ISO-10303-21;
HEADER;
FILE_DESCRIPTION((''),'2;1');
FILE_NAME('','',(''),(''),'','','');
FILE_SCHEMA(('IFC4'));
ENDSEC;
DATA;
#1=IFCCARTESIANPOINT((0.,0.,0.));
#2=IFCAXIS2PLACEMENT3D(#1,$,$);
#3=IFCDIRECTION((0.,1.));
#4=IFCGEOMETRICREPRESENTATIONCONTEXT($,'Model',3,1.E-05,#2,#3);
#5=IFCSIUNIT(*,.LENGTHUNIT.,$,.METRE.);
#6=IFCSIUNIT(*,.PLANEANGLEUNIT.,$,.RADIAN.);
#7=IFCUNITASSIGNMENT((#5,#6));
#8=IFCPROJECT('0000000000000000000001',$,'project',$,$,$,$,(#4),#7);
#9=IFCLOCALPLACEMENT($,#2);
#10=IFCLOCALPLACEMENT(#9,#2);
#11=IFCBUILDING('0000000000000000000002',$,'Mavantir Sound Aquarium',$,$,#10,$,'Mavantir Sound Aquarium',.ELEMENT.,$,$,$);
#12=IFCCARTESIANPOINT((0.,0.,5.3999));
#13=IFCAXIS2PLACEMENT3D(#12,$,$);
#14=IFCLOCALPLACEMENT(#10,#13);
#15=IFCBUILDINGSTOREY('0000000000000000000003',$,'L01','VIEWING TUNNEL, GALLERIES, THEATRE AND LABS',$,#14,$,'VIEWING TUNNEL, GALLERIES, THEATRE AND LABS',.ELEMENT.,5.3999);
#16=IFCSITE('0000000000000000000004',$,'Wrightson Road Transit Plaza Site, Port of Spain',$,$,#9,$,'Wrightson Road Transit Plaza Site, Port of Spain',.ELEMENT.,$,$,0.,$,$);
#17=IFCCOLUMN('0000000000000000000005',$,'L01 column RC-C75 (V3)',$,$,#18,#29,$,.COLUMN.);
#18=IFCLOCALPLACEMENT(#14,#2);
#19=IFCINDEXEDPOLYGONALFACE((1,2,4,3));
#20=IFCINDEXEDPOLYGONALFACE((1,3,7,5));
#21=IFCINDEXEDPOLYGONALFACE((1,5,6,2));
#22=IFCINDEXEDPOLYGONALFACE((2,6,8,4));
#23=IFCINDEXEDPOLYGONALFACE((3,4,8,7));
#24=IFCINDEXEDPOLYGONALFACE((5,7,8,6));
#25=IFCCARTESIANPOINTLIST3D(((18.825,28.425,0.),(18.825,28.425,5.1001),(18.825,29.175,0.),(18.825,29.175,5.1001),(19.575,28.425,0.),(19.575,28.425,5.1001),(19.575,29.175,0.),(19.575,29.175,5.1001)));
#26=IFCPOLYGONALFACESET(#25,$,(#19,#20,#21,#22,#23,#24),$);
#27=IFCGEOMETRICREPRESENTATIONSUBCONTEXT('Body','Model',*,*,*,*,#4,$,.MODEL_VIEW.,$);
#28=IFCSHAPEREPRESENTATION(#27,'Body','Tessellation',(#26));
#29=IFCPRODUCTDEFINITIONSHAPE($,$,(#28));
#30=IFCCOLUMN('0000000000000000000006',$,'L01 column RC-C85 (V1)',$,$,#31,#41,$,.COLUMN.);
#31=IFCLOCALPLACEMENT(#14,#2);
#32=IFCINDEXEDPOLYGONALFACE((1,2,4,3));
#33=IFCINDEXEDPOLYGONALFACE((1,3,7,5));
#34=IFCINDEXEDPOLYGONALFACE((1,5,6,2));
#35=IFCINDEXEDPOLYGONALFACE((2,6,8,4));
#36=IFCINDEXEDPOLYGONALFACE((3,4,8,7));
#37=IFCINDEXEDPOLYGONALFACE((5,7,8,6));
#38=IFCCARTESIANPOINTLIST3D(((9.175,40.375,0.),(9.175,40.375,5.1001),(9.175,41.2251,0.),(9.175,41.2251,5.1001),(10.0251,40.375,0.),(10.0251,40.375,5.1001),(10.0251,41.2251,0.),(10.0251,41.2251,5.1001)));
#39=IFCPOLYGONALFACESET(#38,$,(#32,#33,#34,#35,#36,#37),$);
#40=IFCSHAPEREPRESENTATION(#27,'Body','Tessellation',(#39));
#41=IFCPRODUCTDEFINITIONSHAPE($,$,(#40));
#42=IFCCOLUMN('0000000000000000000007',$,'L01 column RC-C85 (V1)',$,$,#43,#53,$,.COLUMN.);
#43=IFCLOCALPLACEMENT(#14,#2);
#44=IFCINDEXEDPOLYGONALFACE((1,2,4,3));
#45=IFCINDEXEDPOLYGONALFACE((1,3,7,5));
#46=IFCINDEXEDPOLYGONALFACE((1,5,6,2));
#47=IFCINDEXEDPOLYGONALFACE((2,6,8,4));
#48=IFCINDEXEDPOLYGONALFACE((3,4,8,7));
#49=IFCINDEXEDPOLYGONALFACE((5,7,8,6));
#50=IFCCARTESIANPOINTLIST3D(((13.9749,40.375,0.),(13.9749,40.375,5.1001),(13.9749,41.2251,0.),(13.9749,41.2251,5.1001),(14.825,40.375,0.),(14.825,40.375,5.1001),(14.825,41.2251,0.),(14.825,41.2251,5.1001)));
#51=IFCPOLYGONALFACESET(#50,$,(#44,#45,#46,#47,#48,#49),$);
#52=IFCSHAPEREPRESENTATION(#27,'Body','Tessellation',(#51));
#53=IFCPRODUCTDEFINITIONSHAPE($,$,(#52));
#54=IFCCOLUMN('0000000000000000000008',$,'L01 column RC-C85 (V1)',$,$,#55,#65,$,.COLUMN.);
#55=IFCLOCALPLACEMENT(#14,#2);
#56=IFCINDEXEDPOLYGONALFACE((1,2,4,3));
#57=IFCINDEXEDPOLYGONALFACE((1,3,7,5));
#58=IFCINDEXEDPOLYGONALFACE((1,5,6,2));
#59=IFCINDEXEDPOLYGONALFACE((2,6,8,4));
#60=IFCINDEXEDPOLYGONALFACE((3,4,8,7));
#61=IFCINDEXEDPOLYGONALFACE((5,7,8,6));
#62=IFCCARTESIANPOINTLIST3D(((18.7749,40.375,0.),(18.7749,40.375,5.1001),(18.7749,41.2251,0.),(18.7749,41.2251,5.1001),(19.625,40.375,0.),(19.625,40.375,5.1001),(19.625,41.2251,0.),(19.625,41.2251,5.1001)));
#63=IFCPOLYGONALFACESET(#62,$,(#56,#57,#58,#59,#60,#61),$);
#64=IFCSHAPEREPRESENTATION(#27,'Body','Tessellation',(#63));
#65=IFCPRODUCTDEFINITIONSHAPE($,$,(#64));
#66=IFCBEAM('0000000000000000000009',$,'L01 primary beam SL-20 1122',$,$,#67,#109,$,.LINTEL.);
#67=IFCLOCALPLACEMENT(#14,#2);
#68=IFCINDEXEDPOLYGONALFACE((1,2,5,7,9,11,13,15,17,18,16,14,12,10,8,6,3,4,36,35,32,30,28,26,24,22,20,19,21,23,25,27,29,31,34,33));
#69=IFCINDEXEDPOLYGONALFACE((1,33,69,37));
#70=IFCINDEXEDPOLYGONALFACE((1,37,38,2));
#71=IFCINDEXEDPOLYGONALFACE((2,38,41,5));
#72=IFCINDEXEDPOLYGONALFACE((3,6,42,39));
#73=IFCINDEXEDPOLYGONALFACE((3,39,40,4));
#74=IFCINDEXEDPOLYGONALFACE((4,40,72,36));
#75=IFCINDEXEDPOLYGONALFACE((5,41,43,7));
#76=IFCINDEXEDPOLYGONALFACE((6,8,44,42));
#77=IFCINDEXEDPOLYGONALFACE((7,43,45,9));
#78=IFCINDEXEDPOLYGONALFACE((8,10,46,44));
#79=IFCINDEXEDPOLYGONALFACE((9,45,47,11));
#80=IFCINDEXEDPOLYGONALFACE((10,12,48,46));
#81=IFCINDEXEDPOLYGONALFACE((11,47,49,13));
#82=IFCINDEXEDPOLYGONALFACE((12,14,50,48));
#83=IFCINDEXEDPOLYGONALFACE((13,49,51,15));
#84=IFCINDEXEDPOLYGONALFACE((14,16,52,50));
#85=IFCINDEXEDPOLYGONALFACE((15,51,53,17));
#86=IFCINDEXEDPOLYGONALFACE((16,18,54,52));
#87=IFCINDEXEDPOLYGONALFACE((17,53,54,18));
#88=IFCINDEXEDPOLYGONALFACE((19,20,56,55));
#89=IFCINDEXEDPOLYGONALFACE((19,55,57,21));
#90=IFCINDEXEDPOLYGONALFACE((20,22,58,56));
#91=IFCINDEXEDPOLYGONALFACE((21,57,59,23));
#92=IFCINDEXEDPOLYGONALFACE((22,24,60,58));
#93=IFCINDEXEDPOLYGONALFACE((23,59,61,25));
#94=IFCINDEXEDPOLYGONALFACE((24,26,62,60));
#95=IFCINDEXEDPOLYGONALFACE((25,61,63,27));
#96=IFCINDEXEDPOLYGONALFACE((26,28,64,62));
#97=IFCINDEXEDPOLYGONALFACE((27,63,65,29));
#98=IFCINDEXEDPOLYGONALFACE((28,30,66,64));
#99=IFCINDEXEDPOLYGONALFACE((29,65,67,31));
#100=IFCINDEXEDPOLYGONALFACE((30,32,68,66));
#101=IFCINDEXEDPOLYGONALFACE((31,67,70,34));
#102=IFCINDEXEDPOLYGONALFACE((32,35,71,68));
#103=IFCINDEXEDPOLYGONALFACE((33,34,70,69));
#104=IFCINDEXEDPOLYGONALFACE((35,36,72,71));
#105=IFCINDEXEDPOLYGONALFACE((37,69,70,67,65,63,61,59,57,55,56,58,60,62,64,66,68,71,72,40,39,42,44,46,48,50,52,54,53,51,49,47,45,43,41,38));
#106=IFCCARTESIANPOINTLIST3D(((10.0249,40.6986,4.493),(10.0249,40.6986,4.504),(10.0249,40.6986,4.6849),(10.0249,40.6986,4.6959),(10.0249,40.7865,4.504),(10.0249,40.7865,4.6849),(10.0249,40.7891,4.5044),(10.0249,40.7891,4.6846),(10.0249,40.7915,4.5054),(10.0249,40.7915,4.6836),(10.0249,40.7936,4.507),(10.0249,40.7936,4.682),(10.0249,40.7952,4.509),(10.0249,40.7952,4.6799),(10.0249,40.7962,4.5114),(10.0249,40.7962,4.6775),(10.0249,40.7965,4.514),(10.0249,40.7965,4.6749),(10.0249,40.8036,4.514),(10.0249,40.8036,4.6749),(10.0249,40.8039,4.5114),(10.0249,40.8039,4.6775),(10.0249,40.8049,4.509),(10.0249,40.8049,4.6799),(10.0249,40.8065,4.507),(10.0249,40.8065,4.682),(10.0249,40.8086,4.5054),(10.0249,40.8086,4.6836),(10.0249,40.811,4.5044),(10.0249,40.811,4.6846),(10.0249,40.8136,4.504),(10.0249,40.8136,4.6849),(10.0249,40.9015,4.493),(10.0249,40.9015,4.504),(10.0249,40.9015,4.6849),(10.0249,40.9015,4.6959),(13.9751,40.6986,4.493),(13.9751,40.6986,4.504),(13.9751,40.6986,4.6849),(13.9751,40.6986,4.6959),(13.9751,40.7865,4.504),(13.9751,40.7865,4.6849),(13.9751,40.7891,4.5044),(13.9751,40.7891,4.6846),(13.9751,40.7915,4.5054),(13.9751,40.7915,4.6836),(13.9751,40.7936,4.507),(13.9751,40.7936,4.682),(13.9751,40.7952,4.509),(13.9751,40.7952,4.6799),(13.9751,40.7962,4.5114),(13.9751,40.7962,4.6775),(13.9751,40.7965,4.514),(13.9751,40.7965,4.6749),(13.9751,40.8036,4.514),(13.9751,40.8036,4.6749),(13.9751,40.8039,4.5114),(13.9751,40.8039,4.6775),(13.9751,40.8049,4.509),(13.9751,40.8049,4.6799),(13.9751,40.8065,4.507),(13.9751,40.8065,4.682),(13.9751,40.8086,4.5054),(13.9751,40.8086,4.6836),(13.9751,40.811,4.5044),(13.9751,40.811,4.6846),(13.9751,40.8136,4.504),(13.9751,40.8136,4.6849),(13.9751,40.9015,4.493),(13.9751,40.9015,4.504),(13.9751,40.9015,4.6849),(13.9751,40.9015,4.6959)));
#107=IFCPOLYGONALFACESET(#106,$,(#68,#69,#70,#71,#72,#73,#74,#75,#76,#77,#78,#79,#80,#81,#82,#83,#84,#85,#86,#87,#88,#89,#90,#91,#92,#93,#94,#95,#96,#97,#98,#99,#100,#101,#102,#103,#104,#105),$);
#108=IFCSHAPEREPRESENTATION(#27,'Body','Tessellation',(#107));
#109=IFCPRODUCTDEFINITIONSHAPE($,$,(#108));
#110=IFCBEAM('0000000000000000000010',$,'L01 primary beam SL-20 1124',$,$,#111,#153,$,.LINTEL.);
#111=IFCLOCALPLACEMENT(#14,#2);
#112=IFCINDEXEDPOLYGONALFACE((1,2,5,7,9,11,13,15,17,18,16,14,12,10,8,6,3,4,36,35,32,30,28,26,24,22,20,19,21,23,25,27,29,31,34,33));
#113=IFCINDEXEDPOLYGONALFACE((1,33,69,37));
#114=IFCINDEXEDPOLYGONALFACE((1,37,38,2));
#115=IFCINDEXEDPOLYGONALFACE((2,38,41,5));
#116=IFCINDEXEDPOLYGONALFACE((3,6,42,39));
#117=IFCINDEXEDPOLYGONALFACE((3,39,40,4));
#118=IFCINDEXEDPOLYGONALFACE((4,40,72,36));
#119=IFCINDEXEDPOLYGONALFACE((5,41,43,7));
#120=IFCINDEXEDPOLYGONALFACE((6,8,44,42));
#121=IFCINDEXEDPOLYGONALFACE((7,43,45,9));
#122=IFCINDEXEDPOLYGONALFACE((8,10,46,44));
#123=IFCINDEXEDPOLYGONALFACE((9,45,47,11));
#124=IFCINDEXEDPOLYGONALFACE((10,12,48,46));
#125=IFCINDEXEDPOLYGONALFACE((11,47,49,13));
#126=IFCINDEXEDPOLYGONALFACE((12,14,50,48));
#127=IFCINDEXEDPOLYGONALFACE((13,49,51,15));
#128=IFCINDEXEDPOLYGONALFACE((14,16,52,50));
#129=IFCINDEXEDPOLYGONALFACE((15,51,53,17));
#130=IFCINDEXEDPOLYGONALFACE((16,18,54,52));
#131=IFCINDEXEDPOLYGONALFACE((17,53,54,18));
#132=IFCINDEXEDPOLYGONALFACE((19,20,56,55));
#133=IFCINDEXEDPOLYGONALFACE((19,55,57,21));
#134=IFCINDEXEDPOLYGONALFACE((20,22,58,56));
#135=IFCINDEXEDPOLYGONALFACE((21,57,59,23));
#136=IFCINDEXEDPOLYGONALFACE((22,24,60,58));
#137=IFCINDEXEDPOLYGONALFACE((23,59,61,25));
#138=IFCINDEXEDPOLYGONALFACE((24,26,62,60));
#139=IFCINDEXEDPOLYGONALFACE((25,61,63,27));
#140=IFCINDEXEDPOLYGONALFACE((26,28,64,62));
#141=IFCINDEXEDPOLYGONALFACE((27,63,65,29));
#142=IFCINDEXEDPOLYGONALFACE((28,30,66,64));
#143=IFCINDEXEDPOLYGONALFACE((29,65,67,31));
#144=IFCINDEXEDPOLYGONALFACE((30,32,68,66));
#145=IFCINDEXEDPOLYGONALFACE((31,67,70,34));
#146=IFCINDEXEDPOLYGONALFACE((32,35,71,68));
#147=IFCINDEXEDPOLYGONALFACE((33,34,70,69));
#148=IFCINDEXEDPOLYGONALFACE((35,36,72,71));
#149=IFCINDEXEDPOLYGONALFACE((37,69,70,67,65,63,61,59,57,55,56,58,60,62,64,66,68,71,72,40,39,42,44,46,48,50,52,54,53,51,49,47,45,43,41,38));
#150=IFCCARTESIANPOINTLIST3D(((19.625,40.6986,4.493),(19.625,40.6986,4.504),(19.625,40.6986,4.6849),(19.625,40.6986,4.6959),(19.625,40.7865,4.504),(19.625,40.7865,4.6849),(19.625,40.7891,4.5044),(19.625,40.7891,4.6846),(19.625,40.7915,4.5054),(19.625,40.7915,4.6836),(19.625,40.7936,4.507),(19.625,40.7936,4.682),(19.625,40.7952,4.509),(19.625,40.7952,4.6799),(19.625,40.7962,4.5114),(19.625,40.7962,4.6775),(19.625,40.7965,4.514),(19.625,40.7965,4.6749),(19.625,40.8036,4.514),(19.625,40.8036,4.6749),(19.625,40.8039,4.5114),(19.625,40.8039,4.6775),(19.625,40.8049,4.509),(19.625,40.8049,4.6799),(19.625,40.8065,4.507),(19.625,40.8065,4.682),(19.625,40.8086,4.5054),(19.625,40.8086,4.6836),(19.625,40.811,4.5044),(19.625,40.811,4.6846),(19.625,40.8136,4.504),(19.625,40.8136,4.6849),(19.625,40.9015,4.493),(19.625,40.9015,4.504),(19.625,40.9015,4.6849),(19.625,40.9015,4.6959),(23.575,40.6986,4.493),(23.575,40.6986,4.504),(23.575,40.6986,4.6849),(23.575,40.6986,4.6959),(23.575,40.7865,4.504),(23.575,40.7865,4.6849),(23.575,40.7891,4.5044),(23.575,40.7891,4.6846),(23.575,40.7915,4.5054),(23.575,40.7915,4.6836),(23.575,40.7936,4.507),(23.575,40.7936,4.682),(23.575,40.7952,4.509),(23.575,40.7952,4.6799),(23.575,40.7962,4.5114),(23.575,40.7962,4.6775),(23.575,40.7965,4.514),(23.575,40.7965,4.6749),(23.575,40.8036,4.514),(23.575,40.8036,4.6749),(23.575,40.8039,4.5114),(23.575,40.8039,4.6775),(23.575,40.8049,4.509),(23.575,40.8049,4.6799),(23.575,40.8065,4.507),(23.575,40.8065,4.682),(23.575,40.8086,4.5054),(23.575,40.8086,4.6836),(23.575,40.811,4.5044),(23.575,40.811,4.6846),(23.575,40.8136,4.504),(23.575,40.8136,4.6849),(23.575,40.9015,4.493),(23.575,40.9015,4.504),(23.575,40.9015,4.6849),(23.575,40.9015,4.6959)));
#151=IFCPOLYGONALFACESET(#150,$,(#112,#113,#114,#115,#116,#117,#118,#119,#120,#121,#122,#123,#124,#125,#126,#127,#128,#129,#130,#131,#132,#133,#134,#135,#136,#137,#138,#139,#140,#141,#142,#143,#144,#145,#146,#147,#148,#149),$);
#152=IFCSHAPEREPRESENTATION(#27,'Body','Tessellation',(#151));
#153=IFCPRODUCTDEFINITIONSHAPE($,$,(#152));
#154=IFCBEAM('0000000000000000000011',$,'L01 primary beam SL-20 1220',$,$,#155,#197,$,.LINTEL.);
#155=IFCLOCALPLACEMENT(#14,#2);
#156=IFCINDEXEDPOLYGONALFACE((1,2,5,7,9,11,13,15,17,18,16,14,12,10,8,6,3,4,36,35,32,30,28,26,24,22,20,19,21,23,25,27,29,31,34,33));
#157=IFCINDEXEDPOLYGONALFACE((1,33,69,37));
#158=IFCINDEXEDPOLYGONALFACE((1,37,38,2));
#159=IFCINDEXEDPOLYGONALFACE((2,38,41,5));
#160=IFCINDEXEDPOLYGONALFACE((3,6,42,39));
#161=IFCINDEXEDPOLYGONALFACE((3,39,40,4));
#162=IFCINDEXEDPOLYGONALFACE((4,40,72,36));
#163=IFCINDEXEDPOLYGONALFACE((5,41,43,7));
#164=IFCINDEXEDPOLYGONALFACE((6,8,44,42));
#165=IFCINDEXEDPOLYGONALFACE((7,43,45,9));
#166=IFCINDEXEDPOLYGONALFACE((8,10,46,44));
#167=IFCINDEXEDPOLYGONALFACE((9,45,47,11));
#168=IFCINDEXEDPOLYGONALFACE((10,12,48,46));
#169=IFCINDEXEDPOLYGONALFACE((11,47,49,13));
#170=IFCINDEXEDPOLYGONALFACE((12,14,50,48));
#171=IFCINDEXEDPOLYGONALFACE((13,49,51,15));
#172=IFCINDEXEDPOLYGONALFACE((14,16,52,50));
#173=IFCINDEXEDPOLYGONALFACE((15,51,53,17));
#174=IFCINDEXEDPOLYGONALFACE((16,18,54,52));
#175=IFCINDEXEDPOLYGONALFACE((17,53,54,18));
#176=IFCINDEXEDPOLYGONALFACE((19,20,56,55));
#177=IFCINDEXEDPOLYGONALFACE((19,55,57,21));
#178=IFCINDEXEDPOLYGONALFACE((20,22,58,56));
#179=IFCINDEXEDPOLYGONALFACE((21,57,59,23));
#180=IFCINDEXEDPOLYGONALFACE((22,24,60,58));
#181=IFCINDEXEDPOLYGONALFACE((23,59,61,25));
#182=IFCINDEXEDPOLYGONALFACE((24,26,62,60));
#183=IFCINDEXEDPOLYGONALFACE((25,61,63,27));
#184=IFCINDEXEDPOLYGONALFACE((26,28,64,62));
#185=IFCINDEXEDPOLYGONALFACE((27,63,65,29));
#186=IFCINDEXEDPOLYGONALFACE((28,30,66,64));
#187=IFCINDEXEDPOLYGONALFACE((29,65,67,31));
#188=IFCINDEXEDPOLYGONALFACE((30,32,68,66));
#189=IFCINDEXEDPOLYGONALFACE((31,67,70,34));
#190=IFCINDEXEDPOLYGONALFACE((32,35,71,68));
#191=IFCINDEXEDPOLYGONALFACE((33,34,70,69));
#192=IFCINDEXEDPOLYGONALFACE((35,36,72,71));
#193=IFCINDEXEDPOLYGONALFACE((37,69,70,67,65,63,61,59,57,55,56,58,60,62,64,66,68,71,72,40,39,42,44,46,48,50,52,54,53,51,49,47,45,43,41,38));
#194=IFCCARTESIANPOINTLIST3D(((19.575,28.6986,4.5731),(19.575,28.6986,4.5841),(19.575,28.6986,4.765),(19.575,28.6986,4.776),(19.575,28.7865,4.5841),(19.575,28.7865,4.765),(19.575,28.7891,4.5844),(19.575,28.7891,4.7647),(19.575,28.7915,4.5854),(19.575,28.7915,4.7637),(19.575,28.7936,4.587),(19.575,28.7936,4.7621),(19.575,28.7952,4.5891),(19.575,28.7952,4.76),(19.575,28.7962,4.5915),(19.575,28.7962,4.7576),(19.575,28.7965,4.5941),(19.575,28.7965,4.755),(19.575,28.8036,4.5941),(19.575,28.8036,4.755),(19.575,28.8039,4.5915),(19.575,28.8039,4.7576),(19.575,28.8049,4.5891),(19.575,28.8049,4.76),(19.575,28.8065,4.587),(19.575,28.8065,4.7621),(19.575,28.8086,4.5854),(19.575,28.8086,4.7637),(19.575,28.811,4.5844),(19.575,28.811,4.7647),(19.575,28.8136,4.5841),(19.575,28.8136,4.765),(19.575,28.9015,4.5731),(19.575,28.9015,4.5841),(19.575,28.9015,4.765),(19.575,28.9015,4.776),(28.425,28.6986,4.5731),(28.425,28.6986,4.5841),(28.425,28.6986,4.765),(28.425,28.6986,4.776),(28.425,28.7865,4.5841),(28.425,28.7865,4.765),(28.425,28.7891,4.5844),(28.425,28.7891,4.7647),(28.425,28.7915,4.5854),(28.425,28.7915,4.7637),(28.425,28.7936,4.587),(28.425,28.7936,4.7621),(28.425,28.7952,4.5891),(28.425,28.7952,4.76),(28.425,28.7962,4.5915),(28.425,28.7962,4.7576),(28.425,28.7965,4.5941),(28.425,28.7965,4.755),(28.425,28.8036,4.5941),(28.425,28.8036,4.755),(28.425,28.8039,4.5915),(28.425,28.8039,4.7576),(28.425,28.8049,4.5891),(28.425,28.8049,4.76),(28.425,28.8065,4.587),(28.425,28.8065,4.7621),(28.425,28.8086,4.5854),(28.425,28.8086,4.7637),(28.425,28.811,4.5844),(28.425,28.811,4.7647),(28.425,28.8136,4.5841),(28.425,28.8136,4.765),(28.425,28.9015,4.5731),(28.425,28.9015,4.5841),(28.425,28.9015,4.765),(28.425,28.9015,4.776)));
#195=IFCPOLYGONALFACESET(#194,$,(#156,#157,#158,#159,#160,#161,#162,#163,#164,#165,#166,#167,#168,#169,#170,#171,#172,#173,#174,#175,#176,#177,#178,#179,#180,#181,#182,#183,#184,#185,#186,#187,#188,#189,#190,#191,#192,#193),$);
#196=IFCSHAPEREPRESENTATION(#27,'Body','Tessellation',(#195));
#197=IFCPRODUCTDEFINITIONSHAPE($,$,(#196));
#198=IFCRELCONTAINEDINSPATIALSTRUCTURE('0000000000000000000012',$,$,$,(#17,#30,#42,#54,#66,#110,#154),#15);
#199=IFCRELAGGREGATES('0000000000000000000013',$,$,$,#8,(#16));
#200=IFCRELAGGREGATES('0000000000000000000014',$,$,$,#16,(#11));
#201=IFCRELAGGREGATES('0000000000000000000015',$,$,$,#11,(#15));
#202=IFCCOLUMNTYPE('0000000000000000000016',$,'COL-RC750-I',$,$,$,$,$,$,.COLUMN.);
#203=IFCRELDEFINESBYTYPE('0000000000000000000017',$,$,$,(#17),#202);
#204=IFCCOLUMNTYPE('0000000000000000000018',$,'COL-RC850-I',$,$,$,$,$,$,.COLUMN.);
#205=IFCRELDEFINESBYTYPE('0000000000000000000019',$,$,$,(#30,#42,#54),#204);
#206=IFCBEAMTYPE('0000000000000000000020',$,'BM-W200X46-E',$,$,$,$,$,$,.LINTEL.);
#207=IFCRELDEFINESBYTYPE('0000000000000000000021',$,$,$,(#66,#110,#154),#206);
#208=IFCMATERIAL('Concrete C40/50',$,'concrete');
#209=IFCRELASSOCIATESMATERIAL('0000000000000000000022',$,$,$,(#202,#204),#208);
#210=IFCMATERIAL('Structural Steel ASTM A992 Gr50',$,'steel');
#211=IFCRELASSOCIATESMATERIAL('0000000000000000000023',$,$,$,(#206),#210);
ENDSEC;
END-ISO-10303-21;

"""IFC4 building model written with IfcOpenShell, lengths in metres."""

from ifc_helpers import new_model, si_unit, direction, frame, origin, origin_2d, place, context, subcontext, project, spatial, rectangle, i_section, extrude, material, material_profile, profile_set, type_object, element, save


model = new_model("IFC4")

# Units and contexts
model_context = context("Model", 3, precision=1e-05, world=origin(), true_north=direction((0.0, 1.0)))
body_context = subcontext(model_context, "Body", "Model", "MODEL_VIEW")
ifc_project = project(units=[si_unit("LENGTHUNIT", "METRE"), si_unit("PLANEANGLEUNIT", "RADIAN")], contexts=[model_context])

# Site, building, storey
site_placement = place(None, origin())
site = spatial("IfcSite", under=ifc_project, at=site_placement, Name="Wrightson Road Transit Plaza Site, Port of Spain", LongName="Wrightson Road Transit Plaza Site, Port of Spain", CompositionType="ELEMENT", RefElevation=0.0)
building_placement = place(site_placement, origin())
building = spatial("IfcBuilding", under=site, at=building_placement, Name="Mavantir Sound Aquarium", LongName="Mavantir Sound Aquarium", CompositionType="ELEMENT")
storey_placement = place(building_placement, frame((0.0, 0.0, 5.3999)))
storey = spatial("IfcBuildingStorey", under=building, at=storey_placement, Name="L01", Description="VIEWING TUNNEL, GALLERIES, THEATRE AND LABS", LongName="VIEWING TUNNEL, GALLERIES, THEATRE AND LABS", CompositionType="ELEMENT", Elevation=5.3999)

# Columns
ifc_material_1 = material(Name="Concrete C40/50", Category="concrete")
ifc_material_profile_1 = material_profile(ifc_material_1, rectangle(XDim=0.75, YDim=0.75, at=origin_2d()), Name="RC 750X750")
ifc_profile_set_1 = profile_set([ifc_material_profile_1], Name="Concrete C40/50")
column_type_1 = type_object("IfcColumnType", Name="COL-RC750-I", PredefinedType="COLUMN", material=ifc_profile_set_1)
column_placement = place(storey_placement, frame((19.2, 28.8, 0.0), z_axis=(0.0, 0.0, 1.0), x_axis=(1.0, 0.0, 0.0)))
element("IfcColumn", 1, at=column_placement, inside=storey, type_object=column_type_1, Name="L01 column RC-C75 (V3)", PredefinedType="COLUMN", context=body_context, shape_type="SweptSolid", body=[
    extrude(rectangle(XDim=0.75, YDim=0.75, at=origin_2d()), origin(), (0.0, 0.0, 1.0), 5.1001),
])
ifc_material_profile_2 = material_profile(ifc_material_1, rectangle(XDim=0.8501, YDim=0.8501, at=origin_2d()), Name="RC 850X850")
ifc_profile_set_2 = profile_set([ifc_material_profile_2], Name="Concrete C40/50")
column_type_2 = type_object("IfcColumnType", Name="COL-RC850-I", PredefinedType="COLUMN", material=ifc_profile_set_2)
for number, where, z_axis, x_axis, name in (
    (2, (9.6001, 40.8, 0.0), (0.0, 0.0, 1.0), (1.0, 0.0, 0.0), "L01 column RC-C85 (V1)"),
    (3, (14.3999, 40.8, 0.0), (0.0, 0.0, 1.0), (1.0, 0.0, 0.0), "L01 column RC-C85 (V1)"),
    (4, (19.2, 40.8, 0.0), (0.0, 0.0, 1.0), (1.0, 0.0, 0.0), "L01 column RC-C85 (V1)"),
):
    element("IfcColumn", number, at=place(storey_placement, frame(where, z_axis=z_axis, x_axis=x_axis)), inside=storey, type_object=column_type_2, Name=name, PredefinedType="COLUMN", context=body_context, shape_type="SweptSolid", body=[
        extrude(rectangle(XDim=0.8501, YDim=0.8501, at=origin_2d()), origin(), (0.0, 0.0, 1.0), 5.1001),
    ])

# Beams
ifc_material_2 = material(Name="Structural Steel ASTM A992 Gr50", Category="steel")
ifc_material_profile_3 = material_profile(ifc_material_2, i_section(OverallWidth=0.2029, OverallDepth=0.2029, WebThickness=0.0071, FlangeThickness=0.011, FilletRadius=0.01, at=origin_2d()), Name="W200X46")
ifc_profile_set_3 = profile_set([ifc_material_profile_3], Name="Structural Steel ASTM A992 Gr50")
beam_type_1 = type_object("IfcBeamType", Name="BM-W200X46-E", PredefinedType="LINTEL", material=ifc_profile_set_3)
beam_1_placement = place(storey_placement, frame((10.0249, 40.8, 4.5945), z_axis=(1.0, 0.0, 0.0), x_axis=(0.0, 1.0, 0.0)))
element("IfcBeam", 5, at=beam_1_placement, inside=storey, type_object=beam_type_1, Name="L01 primary beam SL-20 1122", PredefinedType="LINTEL", context=body_context, shape_type="SweptSolid", body=[
    extrude(i_section(OverallWidth=0.2029, OverallDepth=0.2029, WebThickness=0.0071, FlangeThickness=0.011, FilletRadius=0.01, at=origin_2d()), origin(), (0.0, 0.0, 1.0), 3.9502),
])
beam_2_placement = place(storey_placement, frame((19.625, 40.8, 4.5945), z_axis=(1.0, 0.0, 0.0), x_axis=(0.0, 1.0, 0.0)))
element("IfcBeam", 6, at=beam_2_placement, inside=storey, type_object=beam_type_1, Name="L01 primary beam SL-20 1124", PredefinedType="LINTEL", context=body_context, shape_type="SweptSolid", body=[
    extrude(i_section(OverallWidth=0.2029, OverallDepth=0.2029, WebThickness=0.0071, FlangeThickness=0.011, FilletRadius=0.01, at=origin_2d()), origin(), (0.0, 0.0, 1.0), 3.95),
])
beam_3_placement = place(storey_placement, frame((19.575, 28.8, 4.6746), z_axis=(1.0, 0.0, 0.0), x_axis=(0.0, 1.0, 0.0)))
element("IfcBeam", 7, at=beam_3_placement, inside=storey, type_object=beam_type_1, Name="L01 primary beam SL-20 1220", PredefinedType="LINTEL", context=body_context, shape_type="SweptSolid", body=[
    extrude(i_section(OverallWidth=0.2029, OverallDepth=0.2029, WebThickness=0.0071, FlangeThickness=0.011, FilletRadius=0.01, at=origin_2d()), origin(), (0.0, 0.0, 1.0), 8.8501),
])

save(model, "model.ifc")
